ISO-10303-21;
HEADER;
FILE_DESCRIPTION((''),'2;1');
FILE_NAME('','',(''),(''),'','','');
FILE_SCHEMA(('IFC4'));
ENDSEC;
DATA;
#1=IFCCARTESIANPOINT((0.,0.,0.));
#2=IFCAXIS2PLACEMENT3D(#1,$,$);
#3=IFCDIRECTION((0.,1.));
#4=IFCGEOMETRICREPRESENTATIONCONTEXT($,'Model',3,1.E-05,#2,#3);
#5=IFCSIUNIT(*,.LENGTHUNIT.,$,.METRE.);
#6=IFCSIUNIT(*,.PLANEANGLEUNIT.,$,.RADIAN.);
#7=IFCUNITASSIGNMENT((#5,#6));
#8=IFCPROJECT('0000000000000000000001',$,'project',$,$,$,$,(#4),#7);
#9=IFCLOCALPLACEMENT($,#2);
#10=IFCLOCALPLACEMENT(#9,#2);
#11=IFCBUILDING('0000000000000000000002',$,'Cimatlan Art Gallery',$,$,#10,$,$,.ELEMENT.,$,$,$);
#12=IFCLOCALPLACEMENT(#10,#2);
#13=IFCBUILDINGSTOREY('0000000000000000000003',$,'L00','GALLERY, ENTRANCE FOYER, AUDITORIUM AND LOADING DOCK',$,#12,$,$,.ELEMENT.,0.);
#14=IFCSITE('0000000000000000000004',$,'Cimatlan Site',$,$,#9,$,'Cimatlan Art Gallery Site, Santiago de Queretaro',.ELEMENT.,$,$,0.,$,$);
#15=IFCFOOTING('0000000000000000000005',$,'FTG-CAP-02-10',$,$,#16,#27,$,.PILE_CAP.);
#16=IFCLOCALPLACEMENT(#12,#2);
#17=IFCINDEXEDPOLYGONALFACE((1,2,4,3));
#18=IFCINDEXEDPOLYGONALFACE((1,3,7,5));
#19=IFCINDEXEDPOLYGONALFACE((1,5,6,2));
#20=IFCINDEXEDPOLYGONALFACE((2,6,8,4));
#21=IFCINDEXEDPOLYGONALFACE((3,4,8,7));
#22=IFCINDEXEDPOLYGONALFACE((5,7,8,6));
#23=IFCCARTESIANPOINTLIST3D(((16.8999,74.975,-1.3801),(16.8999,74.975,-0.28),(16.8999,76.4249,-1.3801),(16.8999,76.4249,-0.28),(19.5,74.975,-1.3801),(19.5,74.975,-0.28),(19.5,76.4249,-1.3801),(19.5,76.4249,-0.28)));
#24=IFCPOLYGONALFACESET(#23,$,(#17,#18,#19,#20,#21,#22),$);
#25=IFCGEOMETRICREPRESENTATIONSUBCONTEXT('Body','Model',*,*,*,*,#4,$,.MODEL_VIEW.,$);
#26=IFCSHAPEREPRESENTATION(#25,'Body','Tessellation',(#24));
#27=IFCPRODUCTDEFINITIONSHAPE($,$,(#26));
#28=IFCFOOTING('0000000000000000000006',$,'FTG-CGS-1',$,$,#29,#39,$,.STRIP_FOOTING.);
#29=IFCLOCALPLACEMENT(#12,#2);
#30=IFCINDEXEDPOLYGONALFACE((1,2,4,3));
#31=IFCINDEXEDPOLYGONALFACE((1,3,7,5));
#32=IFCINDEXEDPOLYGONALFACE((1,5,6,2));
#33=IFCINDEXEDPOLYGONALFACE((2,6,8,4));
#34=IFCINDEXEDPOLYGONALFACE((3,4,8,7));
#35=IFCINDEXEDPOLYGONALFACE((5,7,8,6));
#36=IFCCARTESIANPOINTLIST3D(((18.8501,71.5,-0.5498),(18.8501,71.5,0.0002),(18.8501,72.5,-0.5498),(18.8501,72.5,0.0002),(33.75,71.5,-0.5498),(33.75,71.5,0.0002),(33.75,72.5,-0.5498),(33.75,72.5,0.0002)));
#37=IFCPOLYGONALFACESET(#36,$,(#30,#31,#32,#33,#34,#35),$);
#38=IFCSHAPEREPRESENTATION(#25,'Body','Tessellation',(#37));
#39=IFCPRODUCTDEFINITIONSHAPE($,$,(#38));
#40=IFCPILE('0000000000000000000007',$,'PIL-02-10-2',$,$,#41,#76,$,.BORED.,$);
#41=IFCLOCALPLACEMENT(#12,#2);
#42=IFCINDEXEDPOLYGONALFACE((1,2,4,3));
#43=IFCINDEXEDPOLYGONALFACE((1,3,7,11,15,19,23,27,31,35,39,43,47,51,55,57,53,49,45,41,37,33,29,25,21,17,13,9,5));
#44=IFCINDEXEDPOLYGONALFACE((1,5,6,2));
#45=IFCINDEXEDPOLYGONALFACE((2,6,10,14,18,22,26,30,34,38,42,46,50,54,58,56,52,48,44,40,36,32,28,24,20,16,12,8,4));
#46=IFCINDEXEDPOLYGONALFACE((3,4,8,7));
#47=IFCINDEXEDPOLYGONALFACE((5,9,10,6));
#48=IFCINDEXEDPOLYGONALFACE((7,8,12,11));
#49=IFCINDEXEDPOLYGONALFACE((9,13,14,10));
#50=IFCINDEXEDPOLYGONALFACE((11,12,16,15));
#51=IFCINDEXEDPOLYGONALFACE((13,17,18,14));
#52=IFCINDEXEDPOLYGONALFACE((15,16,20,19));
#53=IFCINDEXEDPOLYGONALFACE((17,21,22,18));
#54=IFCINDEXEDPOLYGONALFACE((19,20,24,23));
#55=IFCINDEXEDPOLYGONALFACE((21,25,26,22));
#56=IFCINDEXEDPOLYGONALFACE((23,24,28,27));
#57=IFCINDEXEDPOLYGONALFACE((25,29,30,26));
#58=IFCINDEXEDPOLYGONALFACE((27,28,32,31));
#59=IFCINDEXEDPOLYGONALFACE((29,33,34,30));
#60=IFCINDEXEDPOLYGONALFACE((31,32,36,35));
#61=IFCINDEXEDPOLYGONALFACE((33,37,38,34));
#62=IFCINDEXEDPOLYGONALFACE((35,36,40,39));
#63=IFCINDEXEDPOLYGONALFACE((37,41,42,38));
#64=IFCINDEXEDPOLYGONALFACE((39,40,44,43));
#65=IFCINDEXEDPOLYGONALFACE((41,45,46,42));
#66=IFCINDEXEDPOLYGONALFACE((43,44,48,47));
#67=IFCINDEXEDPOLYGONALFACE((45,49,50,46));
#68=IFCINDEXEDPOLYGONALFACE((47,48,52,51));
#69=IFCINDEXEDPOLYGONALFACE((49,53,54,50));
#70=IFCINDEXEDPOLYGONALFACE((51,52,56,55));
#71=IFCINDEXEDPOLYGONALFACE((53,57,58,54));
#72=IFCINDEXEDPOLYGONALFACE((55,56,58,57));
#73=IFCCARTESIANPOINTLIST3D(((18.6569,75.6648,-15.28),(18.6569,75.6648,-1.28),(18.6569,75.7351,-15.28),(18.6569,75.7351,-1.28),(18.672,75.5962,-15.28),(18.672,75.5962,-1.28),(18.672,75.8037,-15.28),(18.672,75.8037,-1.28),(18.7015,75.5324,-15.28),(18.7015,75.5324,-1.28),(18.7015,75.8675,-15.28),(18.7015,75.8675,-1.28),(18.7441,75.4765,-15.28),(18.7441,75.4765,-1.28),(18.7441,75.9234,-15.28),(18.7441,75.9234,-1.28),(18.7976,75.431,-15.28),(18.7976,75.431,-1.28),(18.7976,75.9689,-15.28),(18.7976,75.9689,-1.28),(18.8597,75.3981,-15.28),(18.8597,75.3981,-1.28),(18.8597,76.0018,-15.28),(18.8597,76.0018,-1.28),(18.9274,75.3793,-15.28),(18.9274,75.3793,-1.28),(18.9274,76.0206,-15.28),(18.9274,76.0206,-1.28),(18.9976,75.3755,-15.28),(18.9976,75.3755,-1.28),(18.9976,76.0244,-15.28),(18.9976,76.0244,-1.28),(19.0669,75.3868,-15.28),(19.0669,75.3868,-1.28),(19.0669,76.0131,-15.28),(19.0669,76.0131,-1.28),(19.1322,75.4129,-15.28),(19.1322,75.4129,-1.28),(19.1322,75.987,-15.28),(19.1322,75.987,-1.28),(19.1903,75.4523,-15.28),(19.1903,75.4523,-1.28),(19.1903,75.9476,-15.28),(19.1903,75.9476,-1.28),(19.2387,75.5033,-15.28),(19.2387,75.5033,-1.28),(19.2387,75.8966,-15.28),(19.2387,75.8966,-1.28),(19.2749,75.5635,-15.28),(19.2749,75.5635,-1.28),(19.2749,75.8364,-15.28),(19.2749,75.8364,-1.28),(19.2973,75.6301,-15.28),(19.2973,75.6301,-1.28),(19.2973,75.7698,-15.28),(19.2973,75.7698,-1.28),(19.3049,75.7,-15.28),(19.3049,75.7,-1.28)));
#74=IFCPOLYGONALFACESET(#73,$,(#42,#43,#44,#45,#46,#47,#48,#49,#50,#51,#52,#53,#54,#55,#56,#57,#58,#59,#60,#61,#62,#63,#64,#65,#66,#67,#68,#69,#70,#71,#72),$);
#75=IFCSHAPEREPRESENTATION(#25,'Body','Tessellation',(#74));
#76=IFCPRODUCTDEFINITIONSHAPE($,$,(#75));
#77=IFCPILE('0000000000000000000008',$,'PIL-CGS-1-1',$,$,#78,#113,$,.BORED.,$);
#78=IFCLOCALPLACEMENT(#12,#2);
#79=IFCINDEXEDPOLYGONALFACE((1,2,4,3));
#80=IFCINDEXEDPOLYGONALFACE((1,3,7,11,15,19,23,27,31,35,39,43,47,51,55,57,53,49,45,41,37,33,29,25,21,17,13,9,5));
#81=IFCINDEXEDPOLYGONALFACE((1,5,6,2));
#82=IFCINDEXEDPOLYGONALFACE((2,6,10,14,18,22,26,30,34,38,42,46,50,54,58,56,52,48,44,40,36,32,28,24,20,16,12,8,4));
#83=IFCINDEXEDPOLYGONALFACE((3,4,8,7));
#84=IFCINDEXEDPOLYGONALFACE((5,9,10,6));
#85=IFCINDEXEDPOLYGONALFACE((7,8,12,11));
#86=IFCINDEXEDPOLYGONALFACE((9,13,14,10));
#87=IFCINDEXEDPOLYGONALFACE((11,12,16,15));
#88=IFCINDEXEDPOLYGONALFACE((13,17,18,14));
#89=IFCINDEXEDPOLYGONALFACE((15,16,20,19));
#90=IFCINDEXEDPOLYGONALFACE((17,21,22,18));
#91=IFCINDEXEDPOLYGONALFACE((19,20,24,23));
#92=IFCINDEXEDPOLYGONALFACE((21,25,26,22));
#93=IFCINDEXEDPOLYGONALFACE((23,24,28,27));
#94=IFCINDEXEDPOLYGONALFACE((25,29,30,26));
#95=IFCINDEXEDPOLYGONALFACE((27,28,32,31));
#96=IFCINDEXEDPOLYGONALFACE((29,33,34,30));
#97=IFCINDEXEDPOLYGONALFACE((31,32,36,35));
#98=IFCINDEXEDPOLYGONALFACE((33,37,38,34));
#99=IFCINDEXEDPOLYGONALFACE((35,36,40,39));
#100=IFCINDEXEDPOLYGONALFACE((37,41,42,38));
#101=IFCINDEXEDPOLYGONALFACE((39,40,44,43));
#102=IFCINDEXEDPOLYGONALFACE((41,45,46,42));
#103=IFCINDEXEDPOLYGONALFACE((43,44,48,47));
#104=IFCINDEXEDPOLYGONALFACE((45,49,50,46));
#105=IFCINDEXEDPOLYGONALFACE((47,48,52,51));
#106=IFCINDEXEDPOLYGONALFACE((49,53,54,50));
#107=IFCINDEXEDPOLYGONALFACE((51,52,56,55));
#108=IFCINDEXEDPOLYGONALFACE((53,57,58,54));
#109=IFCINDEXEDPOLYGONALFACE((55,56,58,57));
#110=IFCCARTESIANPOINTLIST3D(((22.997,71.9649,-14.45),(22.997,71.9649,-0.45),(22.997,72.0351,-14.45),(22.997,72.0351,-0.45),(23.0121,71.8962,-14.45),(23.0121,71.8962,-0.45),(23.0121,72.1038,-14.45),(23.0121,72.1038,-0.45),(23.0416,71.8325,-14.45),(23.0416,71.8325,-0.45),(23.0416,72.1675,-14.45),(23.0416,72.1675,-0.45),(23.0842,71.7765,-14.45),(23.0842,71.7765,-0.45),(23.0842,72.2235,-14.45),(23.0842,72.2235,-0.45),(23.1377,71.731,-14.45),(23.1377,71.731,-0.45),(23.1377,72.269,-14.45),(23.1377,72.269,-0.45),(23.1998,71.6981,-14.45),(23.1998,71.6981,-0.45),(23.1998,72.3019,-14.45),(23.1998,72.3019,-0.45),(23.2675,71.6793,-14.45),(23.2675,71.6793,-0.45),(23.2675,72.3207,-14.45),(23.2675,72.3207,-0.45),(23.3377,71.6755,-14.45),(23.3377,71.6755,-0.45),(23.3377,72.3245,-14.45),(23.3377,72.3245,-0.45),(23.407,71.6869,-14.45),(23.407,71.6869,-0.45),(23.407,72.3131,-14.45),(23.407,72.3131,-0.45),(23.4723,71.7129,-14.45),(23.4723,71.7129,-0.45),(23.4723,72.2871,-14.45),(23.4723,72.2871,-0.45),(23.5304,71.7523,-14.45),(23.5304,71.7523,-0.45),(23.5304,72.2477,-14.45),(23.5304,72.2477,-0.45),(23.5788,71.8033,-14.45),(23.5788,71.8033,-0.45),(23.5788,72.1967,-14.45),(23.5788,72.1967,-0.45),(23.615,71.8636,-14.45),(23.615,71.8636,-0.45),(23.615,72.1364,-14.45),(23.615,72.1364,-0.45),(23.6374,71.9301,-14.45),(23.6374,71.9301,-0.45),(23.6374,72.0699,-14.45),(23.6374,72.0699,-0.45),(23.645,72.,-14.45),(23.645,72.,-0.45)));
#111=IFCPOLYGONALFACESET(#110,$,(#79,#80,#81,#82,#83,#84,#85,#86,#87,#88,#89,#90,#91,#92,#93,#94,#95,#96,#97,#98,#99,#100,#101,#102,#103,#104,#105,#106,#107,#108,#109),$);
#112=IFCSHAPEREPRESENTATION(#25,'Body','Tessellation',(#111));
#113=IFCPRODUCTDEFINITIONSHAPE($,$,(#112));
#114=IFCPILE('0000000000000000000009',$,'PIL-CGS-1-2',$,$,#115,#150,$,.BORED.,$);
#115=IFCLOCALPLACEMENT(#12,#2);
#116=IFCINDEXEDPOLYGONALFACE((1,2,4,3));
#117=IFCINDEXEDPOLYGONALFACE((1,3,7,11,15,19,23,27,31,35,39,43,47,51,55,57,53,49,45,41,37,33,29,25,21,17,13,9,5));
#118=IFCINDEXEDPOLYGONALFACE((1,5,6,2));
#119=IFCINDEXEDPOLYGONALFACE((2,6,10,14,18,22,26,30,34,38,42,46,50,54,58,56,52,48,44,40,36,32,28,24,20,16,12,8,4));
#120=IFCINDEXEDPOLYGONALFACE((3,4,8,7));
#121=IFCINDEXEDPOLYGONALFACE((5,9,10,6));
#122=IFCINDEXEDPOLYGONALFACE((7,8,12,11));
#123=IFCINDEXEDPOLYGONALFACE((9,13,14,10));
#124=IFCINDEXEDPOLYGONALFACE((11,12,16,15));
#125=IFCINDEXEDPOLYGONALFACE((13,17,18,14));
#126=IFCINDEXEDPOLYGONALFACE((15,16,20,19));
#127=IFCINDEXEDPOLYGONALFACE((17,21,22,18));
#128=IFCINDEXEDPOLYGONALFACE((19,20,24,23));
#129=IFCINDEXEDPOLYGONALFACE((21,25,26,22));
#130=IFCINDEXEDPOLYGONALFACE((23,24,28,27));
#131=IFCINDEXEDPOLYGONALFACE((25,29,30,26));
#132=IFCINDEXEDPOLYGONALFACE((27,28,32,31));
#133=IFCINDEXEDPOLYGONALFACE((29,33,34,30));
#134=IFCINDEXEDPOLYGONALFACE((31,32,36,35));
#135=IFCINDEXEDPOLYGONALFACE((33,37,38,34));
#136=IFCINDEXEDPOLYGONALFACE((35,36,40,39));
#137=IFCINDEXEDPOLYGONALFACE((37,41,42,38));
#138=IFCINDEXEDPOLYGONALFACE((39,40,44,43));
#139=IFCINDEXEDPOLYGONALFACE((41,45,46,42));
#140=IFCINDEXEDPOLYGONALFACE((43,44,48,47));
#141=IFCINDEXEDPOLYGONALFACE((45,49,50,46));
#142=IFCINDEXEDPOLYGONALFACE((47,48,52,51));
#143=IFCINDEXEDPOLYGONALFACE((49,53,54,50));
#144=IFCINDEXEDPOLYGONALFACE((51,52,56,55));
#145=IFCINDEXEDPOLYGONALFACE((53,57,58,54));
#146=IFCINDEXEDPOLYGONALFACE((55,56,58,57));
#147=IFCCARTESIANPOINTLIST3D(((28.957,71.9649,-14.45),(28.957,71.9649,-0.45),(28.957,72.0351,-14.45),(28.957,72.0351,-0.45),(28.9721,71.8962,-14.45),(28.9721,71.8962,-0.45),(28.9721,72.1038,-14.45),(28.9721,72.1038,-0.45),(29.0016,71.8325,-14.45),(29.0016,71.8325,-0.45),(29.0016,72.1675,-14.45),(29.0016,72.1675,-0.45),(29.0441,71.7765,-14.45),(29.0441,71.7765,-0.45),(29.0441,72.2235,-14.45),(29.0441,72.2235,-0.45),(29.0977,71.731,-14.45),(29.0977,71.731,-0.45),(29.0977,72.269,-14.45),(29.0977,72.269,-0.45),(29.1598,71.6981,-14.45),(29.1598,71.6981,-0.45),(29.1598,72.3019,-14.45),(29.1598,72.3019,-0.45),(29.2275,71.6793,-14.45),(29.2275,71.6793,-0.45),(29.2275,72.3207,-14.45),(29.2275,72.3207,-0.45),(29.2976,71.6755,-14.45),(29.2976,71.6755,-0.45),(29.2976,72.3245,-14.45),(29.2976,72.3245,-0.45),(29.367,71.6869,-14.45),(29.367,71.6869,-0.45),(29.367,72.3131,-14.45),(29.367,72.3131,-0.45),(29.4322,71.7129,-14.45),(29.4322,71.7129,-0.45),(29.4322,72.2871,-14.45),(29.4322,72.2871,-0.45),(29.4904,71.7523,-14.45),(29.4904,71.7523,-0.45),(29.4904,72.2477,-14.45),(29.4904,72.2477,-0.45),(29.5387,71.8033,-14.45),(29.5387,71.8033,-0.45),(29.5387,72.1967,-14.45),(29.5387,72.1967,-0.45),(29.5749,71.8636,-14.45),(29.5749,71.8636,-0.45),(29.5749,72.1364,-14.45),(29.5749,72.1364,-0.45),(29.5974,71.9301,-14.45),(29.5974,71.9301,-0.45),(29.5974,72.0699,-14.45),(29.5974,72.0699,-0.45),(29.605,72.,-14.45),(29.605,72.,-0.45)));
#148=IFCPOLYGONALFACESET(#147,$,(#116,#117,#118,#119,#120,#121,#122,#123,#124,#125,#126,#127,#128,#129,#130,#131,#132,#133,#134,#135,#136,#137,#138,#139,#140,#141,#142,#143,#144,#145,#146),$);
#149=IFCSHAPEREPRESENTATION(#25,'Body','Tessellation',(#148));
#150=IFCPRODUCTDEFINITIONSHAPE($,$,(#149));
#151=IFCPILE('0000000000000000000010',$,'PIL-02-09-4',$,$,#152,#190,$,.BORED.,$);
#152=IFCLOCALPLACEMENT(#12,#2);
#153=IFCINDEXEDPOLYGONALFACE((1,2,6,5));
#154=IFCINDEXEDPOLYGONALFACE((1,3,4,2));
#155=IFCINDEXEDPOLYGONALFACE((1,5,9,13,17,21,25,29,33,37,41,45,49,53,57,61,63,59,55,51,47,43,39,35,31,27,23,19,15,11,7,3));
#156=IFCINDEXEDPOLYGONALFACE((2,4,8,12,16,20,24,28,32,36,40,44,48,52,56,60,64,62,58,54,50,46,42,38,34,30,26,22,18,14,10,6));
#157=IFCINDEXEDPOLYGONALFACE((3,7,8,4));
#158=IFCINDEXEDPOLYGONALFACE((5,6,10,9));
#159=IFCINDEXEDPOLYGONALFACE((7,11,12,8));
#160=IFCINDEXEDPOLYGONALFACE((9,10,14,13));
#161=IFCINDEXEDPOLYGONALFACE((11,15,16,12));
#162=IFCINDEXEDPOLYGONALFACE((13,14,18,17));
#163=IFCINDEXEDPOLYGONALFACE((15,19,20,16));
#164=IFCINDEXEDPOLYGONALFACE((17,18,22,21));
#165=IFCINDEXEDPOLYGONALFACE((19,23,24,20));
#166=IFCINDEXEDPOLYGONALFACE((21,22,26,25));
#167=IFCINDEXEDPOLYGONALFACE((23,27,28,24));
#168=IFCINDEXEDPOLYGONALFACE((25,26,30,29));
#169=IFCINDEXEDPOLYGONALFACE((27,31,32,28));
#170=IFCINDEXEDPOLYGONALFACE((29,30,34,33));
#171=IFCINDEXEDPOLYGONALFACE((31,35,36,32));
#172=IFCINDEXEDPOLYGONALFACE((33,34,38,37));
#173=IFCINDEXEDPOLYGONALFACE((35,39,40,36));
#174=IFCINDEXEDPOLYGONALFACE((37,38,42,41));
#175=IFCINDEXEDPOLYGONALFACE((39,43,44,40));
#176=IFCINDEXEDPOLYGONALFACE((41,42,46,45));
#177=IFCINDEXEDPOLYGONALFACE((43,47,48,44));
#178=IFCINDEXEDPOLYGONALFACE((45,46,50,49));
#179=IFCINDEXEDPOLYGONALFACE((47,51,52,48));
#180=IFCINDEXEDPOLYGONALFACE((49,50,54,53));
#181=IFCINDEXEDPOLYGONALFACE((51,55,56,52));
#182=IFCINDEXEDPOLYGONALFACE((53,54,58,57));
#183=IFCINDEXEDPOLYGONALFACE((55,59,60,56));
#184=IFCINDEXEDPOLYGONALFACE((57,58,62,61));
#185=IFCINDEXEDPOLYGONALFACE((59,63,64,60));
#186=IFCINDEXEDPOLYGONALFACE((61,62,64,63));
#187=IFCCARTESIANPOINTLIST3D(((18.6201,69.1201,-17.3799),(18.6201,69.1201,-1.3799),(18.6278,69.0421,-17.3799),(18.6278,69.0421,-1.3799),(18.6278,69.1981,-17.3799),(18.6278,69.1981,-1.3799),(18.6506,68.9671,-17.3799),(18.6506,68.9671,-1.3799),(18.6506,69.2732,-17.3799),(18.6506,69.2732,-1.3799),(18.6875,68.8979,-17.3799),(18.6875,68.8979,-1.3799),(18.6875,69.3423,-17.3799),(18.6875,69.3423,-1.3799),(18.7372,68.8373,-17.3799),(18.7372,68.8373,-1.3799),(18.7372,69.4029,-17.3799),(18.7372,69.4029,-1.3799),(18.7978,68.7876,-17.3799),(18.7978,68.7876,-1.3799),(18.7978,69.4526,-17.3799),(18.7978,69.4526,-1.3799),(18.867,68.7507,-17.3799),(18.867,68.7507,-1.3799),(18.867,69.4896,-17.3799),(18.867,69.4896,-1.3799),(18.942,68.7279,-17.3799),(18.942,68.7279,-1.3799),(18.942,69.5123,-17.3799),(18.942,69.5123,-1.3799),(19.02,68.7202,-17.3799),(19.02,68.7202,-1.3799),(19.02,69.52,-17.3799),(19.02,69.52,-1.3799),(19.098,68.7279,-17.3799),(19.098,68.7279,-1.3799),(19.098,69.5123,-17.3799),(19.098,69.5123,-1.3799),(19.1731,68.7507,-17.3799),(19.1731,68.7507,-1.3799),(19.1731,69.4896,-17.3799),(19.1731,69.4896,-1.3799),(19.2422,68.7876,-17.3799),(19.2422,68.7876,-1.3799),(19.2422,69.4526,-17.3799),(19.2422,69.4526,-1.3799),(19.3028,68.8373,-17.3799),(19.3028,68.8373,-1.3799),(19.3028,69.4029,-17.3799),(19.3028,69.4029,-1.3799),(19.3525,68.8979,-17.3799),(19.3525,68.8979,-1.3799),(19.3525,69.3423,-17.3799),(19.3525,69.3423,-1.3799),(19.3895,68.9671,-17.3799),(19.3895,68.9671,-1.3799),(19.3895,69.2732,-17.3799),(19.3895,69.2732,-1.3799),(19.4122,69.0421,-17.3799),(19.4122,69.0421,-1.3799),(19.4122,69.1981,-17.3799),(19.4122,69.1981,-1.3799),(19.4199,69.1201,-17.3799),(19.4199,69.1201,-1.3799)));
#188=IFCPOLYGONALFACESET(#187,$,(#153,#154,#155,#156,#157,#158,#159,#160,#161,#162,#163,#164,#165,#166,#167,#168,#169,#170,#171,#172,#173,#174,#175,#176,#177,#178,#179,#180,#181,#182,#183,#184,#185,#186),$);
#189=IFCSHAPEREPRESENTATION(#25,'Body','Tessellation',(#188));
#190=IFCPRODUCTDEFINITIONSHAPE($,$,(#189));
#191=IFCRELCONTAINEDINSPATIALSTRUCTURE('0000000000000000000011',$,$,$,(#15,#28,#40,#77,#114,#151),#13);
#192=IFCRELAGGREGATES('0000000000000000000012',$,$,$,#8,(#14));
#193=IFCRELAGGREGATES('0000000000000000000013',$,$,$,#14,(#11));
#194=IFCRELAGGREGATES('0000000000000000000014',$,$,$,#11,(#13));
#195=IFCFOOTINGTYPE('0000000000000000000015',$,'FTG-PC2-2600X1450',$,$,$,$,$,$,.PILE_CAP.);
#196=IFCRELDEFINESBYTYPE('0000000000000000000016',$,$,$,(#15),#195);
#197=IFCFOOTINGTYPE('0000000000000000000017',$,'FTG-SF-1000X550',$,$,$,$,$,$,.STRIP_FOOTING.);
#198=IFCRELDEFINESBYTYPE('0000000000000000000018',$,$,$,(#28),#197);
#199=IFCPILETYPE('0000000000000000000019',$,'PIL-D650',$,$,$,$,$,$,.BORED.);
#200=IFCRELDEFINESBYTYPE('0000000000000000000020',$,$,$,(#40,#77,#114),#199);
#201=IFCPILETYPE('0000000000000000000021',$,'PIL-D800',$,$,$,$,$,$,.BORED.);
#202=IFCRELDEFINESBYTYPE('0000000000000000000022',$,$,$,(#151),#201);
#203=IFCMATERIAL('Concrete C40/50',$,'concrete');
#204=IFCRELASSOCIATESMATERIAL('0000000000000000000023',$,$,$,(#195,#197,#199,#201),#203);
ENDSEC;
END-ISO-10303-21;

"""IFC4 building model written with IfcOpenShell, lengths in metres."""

from ifc_helpers import new_model, si_unit, direction, frame, origin, origin_2d, place, context, subcontext, project, spatial, rectangle, circle, extrude, material, type_object, element, save


model = new_model("IFC4")

# Units and contexts
model_context = context("Model", 3, precision=1e-05, world=origin(), true_north=direction((0.0, 1.0)))
body_context = subcontext(model_context, "Body", "Model", "MODEL_VIEW")
ifc_project = project(units=[si_unit("LENGTHUNIT", "METRE"), si_unit("PLANEANGLEUNIT", "RADIAN")], contexts=[model_context])

# Site, building, storey
site_placement = place(None, origin())
site = spatial("IfcSite", under=ifc_project, at=site_placement, Name="Cimatlan Site", LongName="Cimatlan Art Gallery Site, Santiago de Queretaro", CompositionType="ELEMENT", RefElevation=0.0)
building_placement = place(site_placement, origin())
building = spatial("IfcBuilding", under=site, at=building_placement, Name="Cimatlan Art Gallery", CompositionType="ELEMENT")
storey_placement = place(building_placement, origin())
storey = spatial("IfcBuildingStorey", under=building, at=storey_placement, Name="L00", Description="GALLERY, ENTRANCE FOYER, AUDITORIUM AND LOADING DOCK", CompositionType="ELEMENT", Elevation=0.0)

# Footings
ifc_material_1 = material(Name="Concrete C40/50", Category="concrete")
footing_type_1 = type_object("IfcFootingType", Name="FTG-PC2-2600X1450", PredefinedType="PILE_CAP", material=ifc_material_1)
footing_1_placement = place(storey_placement, frame((18.2, 75.7, -1.3801), z_axis=(0.0, 0.0, 1.0), x_axis=(1.0, 0.0, 0.0)))
element("IfcFooting", 1, at=footing_1_placement, inside=storey, type_object=footing_type_1, Name="FTG-CAP-02-10", PredefinedType="PILE_CAP", context=body_context, shape_type="SweptSolid", body=[
    extrude(rectangle(XDim=2.6001, YDim=1.45, at=origin_2d()), origin(), (0.0, 0.0, 1.0), 1.1001),
])
footing_type_2 = type_object("IfcFootingType", Name="FTG-SF-1000X550", PredefinedType="STRIP_FOOTING", material=ifc_material_1)
footing_2_placement = place(storey_placement, frame((26.3, 72.0, -0.5498), z_axis=(0.0, 0.0, 1.0), x_axis=(1.0, 0.0, 0.0)))
element("IfcFooting", 2, at=footing_2_placement, inside=storey, type_object=footing_type_2, Name="FTG-CGS-1", PredefinedType="STRIP_FOOTING", context=body_context, shape_type="SweptSolid", body=[
    extrude(rectangle(XDim=14.8999, YDim=1.0, at=origin_2d()), origin(), (0.0, 0.0, 1.0), 0.55),
])

# Piles
pile_type_1 = type_object("IfcPileType", Name="PIL-D650", PredefinedType="BORED", material=ifc_material_1)
for number, where, z_axis, x_axis, name in (
    (3, (18.98, 75.7, -1.28), (0.0, 0.0, -1.0), (1.0, 0.0, 0.0), "PIL-02-10-2"),
    (4, (23.3201, 72.0, -0.45), (0.0, 0.0, -1.0), (1.0, 0.0, 0.0), "PIL-CGS-1-1"),
    (5, (29.28, 72.0, -0.45), (0.0, 0.0, -1.0), (1.0, 0.0, 0.0), "PIL-CGS-1-2"),
):
    element("IfcPile", number, at=place(storey_placement, frame(where, z_axis=z_axis, x_axis=x_axis)), inside=storey, type_object=pile_type_1, Name=name, PredefinedType="BORED", context=body_context, shape_type="SweptSolid", body=[
        extrude(circle(Radius=0.325, at=origin_2d()), origin(), (0.0, 0.0, 1.0), 14.0),
    ])
pile_type_2 = type_object("IfcPileType", Name="PIL-D800", PredefinedType="BORED", material=ifc_material_1)
for number, where, z_axis, x_axis, name in (
    (6, (19.02, 69.1201, -1.3799), (0.0, 0.0, -1.0), (1.0, 0.0, 0.0), "PIL-02-09-4"),
):
    element("IfcPile", number, at=place(storey_placement, frame(where, z_axis=z_axis, x_axis=x_axis)), inside=storey, type_object=pile_type_2, Name=name, PredefinedType="BORED", context=body_context, shape_type="SweptSolid", body=[
        extrude(circle(Radius=0.3999, at=origin_2d()), origin(), (0.0, 0.0, 1.0), 16.0),
    ])

save(model, "model.ifc")
